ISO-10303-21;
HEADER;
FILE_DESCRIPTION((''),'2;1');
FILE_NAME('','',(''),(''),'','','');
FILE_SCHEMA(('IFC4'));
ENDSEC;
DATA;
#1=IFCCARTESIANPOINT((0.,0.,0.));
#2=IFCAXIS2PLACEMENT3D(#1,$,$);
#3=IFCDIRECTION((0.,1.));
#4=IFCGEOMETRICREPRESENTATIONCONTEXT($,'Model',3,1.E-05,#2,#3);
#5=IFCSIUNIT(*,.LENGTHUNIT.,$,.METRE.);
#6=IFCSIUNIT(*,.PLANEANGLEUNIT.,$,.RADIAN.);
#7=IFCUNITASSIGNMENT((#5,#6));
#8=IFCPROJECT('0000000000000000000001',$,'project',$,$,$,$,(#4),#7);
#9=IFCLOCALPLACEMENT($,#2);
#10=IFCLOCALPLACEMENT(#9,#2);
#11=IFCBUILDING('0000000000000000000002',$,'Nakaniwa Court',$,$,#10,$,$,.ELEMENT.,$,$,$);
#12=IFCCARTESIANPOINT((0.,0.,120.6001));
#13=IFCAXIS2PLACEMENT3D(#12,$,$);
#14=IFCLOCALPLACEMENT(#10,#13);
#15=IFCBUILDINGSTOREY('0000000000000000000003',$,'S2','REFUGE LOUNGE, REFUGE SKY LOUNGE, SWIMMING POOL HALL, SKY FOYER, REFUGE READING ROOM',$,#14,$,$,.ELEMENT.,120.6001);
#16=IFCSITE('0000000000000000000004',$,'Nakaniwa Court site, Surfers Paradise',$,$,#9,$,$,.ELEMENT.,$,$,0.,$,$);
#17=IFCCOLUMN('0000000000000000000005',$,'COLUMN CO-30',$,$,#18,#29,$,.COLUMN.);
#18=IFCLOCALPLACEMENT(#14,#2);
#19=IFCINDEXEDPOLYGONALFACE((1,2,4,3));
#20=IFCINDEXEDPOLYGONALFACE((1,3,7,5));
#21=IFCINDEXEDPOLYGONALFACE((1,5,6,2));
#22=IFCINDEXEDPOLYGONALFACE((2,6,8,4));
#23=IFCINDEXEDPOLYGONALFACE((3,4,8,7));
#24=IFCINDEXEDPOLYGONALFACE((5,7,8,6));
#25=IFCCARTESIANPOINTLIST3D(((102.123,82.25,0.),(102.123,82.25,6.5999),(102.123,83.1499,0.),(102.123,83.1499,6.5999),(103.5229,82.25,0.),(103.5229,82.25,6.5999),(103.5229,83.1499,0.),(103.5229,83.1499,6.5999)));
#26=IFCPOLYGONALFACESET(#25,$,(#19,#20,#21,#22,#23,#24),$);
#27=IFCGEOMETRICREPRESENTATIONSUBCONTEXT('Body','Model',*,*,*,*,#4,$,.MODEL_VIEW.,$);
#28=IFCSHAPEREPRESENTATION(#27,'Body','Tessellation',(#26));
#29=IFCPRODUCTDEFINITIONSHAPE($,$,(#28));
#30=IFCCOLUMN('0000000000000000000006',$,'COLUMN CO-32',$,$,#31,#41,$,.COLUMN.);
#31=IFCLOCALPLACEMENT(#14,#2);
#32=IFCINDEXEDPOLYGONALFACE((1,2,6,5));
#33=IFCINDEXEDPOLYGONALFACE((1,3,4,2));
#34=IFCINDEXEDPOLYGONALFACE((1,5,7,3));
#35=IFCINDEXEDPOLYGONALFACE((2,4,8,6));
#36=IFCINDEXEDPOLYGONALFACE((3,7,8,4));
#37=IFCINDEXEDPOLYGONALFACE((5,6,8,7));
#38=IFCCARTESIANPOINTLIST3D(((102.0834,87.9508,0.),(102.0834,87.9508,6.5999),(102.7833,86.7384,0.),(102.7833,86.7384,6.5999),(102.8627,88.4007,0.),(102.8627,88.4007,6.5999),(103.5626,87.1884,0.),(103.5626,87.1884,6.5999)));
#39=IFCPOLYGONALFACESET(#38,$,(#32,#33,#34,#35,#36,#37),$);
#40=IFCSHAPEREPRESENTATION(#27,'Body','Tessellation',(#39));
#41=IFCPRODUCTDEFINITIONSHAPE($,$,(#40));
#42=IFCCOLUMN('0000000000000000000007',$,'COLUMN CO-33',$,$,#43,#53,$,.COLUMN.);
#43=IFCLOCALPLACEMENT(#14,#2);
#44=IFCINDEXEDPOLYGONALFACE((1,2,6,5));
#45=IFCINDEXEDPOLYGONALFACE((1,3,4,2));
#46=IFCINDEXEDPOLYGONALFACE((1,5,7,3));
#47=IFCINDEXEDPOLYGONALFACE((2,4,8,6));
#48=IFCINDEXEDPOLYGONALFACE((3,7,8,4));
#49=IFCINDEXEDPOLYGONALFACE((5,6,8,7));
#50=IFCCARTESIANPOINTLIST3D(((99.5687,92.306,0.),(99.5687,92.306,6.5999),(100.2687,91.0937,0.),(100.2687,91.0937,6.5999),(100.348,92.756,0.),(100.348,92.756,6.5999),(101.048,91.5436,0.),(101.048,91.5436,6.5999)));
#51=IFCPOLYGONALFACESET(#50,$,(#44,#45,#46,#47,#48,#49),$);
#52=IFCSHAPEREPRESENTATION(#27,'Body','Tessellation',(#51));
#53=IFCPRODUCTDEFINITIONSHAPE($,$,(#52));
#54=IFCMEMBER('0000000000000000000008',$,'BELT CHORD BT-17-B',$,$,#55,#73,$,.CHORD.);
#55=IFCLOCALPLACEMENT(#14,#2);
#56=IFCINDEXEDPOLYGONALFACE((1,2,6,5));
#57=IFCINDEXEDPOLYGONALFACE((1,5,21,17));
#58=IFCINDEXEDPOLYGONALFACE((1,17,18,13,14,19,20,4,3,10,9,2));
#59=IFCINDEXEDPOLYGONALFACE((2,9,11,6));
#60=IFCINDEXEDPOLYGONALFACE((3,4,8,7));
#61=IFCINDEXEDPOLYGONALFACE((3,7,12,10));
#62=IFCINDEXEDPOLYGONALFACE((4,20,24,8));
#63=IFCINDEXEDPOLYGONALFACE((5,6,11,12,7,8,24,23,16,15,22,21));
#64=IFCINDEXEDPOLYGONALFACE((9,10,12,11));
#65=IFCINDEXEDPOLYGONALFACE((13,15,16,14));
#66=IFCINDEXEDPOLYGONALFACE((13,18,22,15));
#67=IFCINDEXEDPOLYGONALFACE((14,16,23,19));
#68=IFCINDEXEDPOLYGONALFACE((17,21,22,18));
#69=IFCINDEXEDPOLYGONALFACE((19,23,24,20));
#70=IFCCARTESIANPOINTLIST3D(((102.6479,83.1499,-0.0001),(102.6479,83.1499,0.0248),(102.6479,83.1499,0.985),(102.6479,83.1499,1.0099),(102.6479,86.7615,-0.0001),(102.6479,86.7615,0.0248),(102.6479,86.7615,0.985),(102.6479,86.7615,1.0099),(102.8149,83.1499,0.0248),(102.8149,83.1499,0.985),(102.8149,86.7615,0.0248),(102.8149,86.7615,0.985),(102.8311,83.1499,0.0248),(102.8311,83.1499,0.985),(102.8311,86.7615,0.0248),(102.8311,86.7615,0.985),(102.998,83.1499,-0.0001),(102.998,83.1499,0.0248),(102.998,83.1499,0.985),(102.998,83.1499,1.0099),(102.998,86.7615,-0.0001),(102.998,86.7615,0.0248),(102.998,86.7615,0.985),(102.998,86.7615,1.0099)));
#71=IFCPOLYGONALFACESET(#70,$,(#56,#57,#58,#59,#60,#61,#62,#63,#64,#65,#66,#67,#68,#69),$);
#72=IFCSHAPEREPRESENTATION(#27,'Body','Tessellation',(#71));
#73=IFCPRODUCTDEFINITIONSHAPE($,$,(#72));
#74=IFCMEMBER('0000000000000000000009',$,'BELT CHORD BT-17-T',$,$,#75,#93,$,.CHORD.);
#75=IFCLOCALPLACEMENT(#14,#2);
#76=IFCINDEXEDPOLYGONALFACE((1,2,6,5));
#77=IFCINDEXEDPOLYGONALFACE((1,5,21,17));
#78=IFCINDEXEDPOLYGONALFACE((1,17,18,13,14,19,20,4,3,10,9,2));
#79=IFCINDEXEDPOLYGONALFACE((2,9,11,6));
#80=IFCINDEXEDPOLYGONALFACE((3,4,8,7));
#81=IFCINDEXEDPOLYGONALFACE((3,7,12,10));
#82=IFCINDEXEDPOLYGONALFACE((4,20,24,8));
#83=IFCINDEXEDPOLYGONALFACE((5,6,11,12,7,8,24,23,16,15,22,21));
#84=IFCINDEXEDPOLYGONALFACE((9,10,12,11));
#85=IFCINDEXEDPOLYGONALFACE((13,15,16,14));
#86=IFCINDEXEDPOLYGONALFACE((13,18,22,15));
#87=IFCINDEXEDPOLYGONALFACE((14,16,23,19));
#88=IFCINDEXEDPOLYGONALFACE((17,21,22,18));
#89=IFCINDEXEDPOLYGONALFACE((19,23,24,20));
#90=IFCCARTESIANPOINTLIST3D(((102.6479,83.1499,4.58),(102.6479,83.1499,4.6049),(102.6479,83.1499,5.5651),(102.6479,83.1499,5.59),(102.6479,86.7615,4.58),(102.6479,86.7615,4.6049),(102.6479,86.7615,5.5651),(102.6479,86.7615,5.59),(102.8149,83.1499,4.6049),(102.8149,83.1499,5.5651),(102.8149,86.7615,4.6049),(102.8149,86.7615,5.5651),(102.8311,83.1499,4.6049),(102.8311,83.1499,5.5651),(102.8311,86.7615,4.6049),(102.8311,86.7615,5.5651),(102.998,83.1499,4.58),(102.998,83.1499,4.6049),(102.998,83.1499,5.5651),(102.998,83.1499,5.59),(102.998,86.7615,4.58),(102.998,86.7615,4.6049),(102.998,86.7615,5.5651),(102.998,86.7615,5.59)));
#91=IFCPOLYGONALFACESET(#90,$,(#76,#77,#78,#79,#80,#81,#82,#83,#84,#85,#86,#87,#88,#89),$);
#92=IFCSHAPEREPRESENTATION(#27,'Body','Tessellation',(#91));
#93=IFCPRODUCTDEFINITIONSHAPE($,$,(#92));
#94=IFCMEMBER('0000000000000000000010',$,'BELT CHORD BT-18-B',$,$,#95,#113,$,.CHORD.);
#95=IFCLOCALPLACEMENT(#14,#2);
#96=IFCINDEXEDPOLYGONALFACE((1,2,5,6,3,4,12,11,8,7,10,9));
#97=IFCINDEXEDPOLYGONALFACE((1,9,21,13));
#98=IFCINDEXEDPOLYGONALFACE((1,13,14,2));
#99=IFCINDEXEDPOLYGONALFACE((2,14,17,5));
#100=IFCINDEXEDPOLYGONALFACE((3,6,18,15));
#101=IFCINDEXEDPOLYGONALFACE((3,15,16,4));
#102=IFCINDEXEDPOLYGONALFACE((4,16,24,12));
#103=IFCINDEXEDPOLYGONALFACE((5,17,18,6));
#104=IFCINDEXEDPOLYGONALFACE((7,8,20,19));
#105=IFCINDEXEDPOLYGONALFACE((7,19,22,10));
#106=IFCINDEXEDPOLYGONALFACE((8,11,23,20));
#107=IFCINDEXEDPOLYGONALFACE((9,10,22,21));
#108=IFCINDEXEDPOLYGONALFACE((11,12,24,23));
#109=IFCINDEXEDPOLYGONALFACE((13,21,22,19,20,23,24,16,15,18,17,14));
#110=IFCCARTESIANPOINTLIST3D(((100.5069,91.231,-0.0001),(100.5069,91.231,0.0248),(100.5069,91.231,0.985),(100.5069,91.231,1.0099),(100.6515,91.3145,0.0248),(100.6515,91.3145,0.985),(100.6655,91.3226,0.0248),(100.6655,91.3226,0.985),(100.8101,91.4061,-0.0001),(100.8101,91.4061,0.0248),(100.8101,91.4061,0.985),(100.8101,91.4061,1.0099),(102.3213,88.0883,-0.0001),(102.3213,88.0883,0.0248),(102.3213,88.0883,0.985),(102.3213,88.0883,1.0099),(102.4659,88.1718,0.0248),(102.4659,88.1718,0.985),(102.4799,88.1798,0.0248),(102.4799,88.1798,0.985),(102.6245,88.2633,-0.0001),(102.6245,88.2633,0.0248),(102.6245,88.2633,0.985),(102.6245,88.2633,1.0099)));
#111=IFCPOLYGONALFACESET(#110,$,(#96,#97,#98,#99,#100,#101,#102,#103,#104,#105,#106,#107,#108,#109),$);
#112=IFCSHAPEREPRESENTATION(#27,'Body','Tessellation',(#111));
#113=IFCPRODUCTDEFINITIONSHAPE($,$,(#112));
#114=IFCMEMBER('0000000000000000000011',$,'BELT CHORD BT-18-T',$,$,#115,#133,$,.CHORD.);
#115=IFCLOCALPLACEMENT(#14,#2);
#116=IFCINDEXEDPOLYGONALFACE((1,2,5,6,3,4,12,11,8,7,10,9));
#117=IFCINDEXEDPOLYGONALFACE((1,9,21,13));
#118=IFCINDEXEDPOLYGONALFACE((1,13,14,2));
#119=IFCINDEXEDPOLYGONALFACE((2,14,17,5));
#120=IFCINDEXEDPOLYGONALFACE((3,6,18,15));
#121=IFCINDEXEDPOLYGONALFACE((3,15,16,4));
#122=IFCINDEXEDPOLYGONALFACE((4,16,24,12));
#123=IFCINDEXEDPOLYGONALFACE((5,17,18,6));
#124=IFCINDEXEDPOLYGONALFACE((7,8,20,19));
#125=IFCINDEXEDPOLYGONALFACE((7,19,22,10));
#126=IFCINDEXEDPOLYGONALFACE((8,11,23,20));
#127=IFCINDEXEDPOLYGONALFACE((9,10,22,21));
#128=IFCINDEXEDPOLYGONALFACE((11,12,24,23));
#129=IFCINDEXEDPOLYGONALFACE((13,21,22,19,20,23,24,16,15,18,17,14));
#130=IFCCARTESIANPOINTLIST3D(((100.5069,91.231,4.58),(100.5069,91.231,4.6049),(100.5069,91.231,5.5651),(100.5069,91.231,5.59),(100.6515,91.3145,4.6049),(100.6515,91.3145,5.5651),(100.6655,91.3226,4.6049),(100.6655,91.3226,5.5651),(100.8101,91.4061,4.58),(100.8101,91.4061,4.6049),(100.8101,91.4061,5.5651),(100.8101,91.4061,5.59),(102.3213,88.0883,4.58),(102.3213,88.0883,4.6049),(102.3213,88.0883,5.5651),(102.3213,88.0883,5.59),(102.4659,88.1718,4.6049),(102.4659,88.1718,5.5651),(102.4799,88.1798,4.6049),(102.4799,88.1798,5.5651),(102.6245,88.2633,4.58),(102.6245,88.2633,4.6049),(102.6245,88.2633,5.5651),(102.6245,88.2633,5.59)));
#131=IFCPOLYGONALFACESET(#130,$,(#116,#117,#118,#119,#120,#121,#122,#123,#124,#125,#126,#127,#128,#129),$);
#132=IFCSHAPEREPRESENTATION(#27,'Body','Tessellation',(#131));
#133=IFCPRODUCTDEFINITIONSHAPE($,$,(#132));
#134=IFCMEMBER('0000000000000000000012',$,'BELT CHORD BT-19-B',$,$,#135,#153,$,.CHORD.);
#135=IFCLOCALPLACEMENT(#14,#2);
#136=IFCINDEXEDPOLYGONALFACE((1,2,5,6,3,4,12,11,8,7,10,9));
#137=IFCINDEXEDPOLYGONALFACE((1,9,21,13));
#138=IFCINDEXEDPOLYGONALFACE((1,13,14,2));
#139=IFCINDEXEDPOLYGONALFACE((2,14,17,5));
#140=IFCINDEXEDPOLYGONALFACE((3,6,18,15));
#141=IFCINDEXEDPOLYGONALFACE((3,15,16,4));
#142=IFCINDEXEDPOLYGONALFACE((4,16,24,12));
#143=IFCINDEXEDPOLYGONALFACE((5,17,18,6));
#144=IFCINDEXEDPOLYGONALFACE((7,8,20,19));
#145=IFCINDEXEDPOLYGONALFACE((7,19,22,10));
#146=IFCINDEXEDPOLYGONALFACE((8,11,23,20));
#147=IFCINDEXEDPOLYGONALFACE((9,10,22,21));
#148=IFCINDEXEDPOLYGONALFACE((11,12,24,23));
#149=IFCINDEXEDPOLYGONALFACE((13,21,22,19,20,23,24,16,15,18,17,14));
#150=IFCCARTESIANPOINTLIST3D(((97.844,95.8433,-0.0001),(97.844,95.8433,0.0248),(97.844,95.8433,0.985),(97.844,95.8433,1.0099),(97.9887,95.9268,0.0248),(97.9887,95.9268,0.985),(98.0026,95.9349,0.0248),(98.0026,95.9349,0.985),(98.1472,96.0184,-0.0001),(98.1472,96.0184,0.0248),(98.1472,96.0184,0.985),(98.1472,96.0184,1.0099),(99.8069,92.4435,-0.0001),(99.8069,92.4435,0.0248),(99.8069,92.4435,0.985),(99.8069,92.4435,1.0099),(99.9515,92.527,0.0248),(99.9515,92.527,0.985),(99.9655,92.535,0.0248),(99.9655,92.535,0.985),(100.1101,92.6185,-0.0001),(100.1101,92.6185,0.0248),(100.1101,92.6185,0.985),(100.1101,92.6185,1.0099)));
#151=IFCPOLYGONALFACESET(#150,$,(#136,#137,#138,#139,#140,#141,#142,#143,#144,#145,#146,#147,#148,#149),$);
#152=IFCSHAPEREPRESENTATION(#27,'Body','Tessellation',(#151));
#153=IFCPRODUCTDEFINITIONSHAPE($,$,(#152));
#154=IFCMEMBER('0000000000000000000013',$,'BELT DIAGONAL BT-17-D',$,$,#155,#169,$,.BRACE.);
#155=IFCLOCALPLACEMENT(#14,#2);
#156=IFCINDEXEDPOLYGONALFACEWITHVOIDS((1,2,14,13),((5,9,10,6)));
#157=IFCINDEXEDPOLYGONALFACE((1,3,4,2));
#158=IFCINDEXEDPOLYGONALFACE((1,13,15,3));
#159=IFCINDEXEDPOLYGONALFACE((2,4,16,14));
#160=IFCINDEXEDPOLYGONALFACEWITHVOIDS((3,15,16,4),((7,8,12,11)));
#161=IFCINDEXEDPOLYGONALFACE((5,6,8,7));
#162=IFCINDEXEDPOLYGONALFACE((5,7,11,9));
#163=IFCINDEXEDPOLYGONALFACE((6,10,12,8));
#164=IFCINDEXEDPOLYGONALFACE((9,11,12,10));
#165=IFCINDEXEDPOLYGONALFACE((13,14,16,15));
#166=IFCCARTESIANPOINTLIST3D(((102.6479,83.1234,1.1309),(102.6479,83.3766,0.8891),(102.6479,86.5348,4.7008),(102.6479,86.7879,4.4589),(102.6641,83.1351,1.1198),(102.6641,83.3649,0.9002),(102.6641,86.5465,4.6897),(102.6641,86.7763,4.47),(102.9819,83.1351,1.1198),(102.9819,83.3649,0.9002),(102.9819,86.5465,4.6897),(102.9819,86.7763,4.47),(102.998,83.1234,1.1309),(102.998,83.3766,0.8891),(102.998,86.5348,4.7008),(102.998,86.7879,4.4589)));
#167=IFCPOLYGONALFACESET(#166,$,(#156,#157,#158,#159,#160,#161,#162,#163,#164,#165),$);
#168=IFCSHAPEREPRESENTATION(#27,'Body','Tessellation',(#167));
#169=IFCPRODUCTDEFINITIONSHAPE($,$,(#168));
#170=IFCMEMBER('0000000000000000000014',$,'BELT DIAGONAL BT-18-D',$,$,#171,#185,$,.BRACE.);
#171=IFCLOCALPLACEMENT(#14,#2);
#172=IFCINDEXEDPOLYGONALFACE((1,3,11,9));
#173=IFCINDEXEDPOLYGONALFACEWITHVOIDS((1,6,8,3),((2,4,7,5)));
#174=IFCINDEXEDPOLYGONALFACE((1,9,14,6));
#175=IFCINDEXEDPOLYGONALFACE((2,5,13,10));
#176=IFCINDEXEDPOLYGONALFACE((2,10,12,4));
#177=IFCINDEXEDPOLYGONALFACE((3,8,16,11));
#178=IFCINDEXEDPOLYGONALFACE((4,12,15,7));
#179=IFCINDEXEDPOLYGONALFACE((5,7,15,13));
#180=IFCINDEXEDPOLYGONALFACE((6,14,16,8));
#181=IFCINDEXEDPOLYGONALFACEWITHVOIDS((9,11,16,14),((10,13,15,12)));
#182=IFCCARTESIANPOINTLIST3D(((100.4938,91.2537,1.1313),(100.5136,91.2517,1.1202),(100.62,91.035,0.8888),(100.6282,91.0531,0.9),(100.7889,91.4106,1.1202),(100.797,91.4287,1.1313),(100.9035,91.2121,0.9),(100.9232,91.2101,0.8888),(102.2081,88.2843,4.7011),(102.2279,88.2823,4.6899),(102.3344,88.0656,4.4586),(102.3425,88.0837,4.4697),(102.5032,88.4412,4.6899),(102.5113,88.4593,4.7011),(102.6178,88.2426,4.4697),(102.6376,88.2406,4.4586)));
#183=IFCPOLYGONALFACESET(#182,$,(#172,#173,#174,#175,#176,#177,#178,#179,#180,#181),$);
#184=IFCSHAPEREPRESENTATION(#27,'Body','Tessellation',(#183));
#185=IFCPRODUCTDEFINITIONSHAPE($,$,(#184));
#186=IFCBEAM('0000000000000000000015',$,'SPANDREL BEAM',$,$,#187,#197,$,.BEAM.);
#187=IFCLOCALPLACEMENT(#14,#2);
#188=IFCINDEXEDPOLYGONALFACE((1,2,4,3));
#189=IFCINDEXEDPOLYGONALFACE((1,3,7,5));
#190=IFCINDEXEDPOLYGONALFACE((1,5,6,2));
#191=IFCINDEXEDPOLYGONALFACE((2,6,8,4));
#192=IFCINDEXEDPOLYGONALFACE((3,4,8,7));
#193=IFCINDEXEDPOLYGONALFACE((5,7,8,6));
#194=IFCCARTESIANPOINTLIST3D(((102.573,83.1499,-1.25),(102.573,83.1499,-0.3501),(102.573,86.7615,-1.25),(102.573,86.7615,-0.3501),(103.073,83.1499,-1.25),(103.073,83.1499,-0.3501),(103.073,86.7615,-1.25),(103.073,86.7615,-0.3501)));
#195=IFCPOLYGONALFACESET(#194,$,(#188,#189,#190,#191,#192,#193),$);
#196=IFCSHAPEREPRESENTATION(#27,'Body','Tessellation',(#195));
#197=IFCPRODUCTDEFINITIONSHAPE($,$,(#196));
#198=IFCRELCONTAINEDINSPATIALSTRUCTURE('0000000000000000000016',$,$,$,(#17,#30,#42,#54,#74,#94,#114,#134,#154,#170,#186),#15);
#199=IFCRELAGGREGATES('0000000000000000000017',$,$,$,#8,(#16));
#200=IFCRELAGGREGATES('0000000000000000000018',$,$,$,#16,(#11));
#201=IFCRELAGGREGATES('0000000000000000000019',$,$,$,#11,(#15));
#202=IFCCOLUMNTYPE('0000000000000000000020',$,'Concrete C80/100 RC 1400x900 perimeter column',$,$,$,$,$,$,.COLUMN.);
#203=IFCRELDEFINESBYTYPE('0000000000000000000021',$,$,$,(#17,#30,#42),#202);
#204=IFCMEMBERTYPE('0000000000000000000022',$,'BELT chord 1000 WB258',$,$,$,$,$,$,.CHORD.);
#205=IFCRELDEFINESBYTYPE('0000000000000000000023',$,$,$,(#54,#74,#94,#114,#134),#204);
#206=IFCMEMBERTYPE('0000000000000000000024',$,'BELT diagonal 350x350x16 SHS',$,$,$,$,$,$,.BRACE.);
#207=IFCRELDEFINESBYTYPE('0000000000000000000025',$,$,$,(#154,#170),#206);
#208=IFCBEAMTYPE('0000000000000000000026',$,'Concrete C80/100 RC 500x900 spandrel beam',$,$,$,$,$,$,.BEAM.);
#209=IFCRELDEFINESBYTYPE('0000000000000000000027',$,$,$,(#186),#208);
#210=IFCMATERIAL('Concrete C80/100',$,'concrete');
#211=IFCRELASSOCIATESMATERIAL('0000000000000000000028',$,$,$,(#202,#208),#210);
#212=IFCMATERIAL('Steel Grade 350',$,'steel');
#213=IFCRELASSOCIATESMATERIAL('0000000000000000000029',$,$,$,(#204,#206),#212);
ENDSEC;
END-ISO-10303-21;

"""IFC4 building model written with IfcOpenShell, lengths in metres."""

from ifc_helpers import new_model, si_unit, direction, frame, origin, origin_2d, place, context, subcontext, project, spatial, rectangle, hollow_rectangle, i_section, extrude, material, material_profile, profile_set, type_object, element, save


model = new_model("IFC4")

# Units and contexts
model_context = context("Model", 3, precision=1e-05, world=origin(), true_north=direction((0.0, 1.0)))
body_context = subcontext(model_context, "Body", "Model", "MODEL_VIEW")
ifc_project = project(units=[si_unit("LENGTHUNIT", "METRE"), si_unit("PLANEANGLEUNIT", "RADIAN")], contexts=[model_context])

# Site, building, storey
site_placement = place(None, origin())
site = spatial("IfcSite", under=ifc_project, at=site_placement, Name="Nakaniwa Court site, Surfers Paradise", CompositionType="ELEMENT", RefElevation=0.0)
building_placement = place(site_placement, origin())
building = spatial("IfcBuilding", under=site, at=building_placement, Name="Nakaniwa Court", CompositionType="ELEMENT")
storey_placement = place(building_placement, frame((0.0, 0.0, 120.6001)))
storey = spatial("IfcBuildingStorey", under=building, at=storey_placement, Name="S2", Description="REFUGE LOUNGE, REFUGE SKY LOUNGE, SWIMMING POOL HALL, SKY FOYER, REFUGE READING ROOM", CompositionType="ELEMENT", Elevation=120.6001)

# Columns
ifc_material_1 = material(Name="Concrete C80/100", Category="concrete")
ifc_material_profile_1 = material_profile(ifc_material_1, rectangle(XDim=1.3999, YDim=0.8999, at=origin_2d()), Name="Concrete C80/100 RC 1400x900 perimeter column")
ifc_profile_set_1 = profile_set([ifc_material_profile_1], Name="Concrete C80/100")
column_type = type_object("IfcColumnType", Name="Concrete C80/100 RC 1400x900 perimeter column", PredefinedType="COLUMN", material=ifc_profile_set_1)
for number, where, z_axis, x_axis, name in (
    (1, (102.823, 82.7, 0.0), (0.0, 0.0, 1.0), (1.0, 0.0, 0.0), "COLUMN CO-30"),
    (2, (102.823, 87.5696, 0.0), (0.0, 0.0, 1.0), (-0.5, 0.866025, 0.0), "COLUMN CO-32"),
    (3, (100.3083, 91.9248, 0.0), (0.0, 0.0, 1.0), (-0.5, 0.866025, 0.0), "COLUMN CO-33"),
):
    element("IfcColumn", number, at=place(storey_placement, frame(where, z_axis=z_axis, x_axis=x_axis)), inside=storey, type_object=column_type, Name=name, PredefinedType="COLUMN", context=body_context, shape_type="SweptSolid", body=[
        extrude(rectangle(XDim=1.3999, YDim=0.8999, at=origin_2d()), origin(), (0.0, 0.0, 1.0), 6.5999),
    ])

# Members
ifc_material_2 = material(Name="Steel Grade 350", Category="steel")
ifc_material_profile_2 = material_profile(ifc_material_2, i_section(OverallWidth=0.3501, OverallDepth=1.01, WebThickness=0.0161, FlangeThickness=0.0249, at=origin_2d()), Name="1000WB258")
ifc_profile_set_2 = profile_set([ifc_material_profile_2], Name="Steel Grade 350")
member_type_1 = type_object("IfcMemberType", Name="BELT chord 1000 WB258", PredefinedType="CHORD", material=ifc_profile_set_2)
for number, where, z_axis, x_axis, name in (
    (4, (102.823, 83.1499, 0.5049), (0.0, 1.0, 0.0), (-1.0, 0.0, 0.0), "BELT CHORD BT-17-B"),
    (5, (102.823, 83.1499, 5.085), (0.0, 1.0, 0.0), (-1.0, 0.0, 0.0), "BELT CHORD BT-17-T"),
):
    element("IfcMember", number, at=place(storey_placement, frame(where, z_axis=z_axis, x_axis=x_axis)), inside=storey, type_object=member_type_1, Name=name, PredefinedType="CHORD", context=body_context, shape_type="SweptSolid", body=[
        extrude(i_section(OverallWidth=0.3501, OverallDepth=1.01, WebThickness=0.0161, FlangeThickness=0.0249, at=origin_2d()), origin(), (0.0, 0.0, 1.0), 3.6116),
    ])
for number, where, z_axis, x_axis, name in (
    (6, (102.4729, 88.1758, 0.5049), (-0.499988, 0.866032, 0.0), (-0.866032, -0.499988, 0.0), "BELT CHORD BT-18-B"),
    (7, (102.4729, 88.1758, 5.085), (-0.499988, 0.866032, 0.0), (-0.866032, -0.499988, 0.0), "BELT CHORD BT-18-T"),
):
    element("IfcMember", number, at=place(storey_placement, frame(where, z_axis=z_axis, x_axis=x_axis)), inside=storey, type_object=member_type_1, Name=name, PredefinedType="CHORD", context=body_context, shape_type="SweptSolid", body=[
        extrude(i_section(OverallWidth=0.3501, OverallDepth=1.01, WebThickness=0.0161, FlangeThickness=0.0249, at=origin_2d()), origin(), (0.0, 0.0, 1.0), 3.6289),
    ])
member_1_placement = place(storey_placement, frame((99.9585, 92.531, 0.5049), z_axis=(-0.499992, 0.86603, 0.0), x_axis=(-0.86603, -0.499992, 0.0)))
element("IfcMember", 8, at=member_1_placement, inside=storey, type_object=member_type_1, Name="BELT CHORD BT-19-B", PredefinedType="CHORD", context=body_context, shape_type="SweptSolid", body=[
    extrude(i_section(OverallWidth=0.3501, OverallDepth=1.01, WebThickness=0.0161, FlangeThickness=0.0249, at=origin_2d()), origin(), (0.0, 0.0, 1.0), 3.9258),
])
ifc_material_profile_3 = material_profile(ifc_material_2, hollow_rectangle(XDim=0.3501, YDim=0.3501, WallThickness=0.0161, at=origin_2d()), Name="BELT diagonal 350x350x16 SHS")
ifc_profile_set_3 = profile_set([ifc_material_profile_3], Name="Steel Grade 350")
member_type_2 = type_object("IfcMemberType", Name="BELT diagonal 350x350x16 SHS", PredefinedType="BRACE", material=ifc_profile_set_3)
member_2_placement = place(storey_placement, frame((102.823, 83.25, 1.01), z_axis=(0.0, 0.69088, 0.722969), x_axis=(-1.0, 0.0, 0.0)))
element("IfcMember", 9, at=member_2_placement, inside=storey, type_object=member_type_2, Name="BELT DIAGONAL BT-17-D", PredefinedType="BRACE", context=body_context, shape_type="SweptSolid", body=[
    extrude(hollow_rectangle(XDim=0.3501, YDim=0.3501, WallThickness=0.0161, at=origin_2d()), origin(), (0.0, 0.0, 1.0), 4.9377),
])
member_3_placement = place(storey_placement, frame((102.4229, 88.2625, 4.5798), z_axis=(-0.346349, 0.59992, -0.721206), x_axis=(-0.866035, -0.499983, 0.0)))
element("IfcMember", 10, at=member_3_placement, inside=storey, type_object=member_type_2, Name="BELT DIAGONAL BT-18-D", PredefinedType="BRACE", context=body_context, shape_type="SweptSolid", body=[
    extrude(hollow_rectangle(XDim=0.3501, YDim=0.3501, WallThickness=0.0161, at=origin_2d()), origin(), (0.0, 0.0, 1.0), 4.9497),
])

# Beam
ifc_material_profile_4 = material_profile(ifc_material_1, rectangle(XDim=0.5, YDim=0.8999, at=origin_2d()), Name="Concrete C80/100 RC 500x900 spandrel beam")
ifc_profile_set_4 = profile_set([ifc_material_profile_4], Name="Concrete C80/100")
beam_type = type_object("IfcBeamType", Name="Concrete C80/100 RC 500x900 spandrel beam", PredefinedType="BEAM", material=ifc_profile_set_4)
beam_1_placement = place(storey_placement, frame((102.823, 83.1499, -0.8), z_axis=(0.0, 1.0, 0.0), x_axis=(-1.0, 0.0, 0.0)))
element("IfcBeam", 11, at=beam_1_placement, inside=storey, type_object=beam_type, Name="SPANDREL BEAM", PredefinedType="BEAM", context=body_context, shape_type="SweptSolid", body=[
    extrude(rectangle(XDim=0.5, YDim=0.8999, at=origin_2d()), origin(), (0.0, 0.0, 1.0), 3.6116),
])

save(model, "model.ifc")
